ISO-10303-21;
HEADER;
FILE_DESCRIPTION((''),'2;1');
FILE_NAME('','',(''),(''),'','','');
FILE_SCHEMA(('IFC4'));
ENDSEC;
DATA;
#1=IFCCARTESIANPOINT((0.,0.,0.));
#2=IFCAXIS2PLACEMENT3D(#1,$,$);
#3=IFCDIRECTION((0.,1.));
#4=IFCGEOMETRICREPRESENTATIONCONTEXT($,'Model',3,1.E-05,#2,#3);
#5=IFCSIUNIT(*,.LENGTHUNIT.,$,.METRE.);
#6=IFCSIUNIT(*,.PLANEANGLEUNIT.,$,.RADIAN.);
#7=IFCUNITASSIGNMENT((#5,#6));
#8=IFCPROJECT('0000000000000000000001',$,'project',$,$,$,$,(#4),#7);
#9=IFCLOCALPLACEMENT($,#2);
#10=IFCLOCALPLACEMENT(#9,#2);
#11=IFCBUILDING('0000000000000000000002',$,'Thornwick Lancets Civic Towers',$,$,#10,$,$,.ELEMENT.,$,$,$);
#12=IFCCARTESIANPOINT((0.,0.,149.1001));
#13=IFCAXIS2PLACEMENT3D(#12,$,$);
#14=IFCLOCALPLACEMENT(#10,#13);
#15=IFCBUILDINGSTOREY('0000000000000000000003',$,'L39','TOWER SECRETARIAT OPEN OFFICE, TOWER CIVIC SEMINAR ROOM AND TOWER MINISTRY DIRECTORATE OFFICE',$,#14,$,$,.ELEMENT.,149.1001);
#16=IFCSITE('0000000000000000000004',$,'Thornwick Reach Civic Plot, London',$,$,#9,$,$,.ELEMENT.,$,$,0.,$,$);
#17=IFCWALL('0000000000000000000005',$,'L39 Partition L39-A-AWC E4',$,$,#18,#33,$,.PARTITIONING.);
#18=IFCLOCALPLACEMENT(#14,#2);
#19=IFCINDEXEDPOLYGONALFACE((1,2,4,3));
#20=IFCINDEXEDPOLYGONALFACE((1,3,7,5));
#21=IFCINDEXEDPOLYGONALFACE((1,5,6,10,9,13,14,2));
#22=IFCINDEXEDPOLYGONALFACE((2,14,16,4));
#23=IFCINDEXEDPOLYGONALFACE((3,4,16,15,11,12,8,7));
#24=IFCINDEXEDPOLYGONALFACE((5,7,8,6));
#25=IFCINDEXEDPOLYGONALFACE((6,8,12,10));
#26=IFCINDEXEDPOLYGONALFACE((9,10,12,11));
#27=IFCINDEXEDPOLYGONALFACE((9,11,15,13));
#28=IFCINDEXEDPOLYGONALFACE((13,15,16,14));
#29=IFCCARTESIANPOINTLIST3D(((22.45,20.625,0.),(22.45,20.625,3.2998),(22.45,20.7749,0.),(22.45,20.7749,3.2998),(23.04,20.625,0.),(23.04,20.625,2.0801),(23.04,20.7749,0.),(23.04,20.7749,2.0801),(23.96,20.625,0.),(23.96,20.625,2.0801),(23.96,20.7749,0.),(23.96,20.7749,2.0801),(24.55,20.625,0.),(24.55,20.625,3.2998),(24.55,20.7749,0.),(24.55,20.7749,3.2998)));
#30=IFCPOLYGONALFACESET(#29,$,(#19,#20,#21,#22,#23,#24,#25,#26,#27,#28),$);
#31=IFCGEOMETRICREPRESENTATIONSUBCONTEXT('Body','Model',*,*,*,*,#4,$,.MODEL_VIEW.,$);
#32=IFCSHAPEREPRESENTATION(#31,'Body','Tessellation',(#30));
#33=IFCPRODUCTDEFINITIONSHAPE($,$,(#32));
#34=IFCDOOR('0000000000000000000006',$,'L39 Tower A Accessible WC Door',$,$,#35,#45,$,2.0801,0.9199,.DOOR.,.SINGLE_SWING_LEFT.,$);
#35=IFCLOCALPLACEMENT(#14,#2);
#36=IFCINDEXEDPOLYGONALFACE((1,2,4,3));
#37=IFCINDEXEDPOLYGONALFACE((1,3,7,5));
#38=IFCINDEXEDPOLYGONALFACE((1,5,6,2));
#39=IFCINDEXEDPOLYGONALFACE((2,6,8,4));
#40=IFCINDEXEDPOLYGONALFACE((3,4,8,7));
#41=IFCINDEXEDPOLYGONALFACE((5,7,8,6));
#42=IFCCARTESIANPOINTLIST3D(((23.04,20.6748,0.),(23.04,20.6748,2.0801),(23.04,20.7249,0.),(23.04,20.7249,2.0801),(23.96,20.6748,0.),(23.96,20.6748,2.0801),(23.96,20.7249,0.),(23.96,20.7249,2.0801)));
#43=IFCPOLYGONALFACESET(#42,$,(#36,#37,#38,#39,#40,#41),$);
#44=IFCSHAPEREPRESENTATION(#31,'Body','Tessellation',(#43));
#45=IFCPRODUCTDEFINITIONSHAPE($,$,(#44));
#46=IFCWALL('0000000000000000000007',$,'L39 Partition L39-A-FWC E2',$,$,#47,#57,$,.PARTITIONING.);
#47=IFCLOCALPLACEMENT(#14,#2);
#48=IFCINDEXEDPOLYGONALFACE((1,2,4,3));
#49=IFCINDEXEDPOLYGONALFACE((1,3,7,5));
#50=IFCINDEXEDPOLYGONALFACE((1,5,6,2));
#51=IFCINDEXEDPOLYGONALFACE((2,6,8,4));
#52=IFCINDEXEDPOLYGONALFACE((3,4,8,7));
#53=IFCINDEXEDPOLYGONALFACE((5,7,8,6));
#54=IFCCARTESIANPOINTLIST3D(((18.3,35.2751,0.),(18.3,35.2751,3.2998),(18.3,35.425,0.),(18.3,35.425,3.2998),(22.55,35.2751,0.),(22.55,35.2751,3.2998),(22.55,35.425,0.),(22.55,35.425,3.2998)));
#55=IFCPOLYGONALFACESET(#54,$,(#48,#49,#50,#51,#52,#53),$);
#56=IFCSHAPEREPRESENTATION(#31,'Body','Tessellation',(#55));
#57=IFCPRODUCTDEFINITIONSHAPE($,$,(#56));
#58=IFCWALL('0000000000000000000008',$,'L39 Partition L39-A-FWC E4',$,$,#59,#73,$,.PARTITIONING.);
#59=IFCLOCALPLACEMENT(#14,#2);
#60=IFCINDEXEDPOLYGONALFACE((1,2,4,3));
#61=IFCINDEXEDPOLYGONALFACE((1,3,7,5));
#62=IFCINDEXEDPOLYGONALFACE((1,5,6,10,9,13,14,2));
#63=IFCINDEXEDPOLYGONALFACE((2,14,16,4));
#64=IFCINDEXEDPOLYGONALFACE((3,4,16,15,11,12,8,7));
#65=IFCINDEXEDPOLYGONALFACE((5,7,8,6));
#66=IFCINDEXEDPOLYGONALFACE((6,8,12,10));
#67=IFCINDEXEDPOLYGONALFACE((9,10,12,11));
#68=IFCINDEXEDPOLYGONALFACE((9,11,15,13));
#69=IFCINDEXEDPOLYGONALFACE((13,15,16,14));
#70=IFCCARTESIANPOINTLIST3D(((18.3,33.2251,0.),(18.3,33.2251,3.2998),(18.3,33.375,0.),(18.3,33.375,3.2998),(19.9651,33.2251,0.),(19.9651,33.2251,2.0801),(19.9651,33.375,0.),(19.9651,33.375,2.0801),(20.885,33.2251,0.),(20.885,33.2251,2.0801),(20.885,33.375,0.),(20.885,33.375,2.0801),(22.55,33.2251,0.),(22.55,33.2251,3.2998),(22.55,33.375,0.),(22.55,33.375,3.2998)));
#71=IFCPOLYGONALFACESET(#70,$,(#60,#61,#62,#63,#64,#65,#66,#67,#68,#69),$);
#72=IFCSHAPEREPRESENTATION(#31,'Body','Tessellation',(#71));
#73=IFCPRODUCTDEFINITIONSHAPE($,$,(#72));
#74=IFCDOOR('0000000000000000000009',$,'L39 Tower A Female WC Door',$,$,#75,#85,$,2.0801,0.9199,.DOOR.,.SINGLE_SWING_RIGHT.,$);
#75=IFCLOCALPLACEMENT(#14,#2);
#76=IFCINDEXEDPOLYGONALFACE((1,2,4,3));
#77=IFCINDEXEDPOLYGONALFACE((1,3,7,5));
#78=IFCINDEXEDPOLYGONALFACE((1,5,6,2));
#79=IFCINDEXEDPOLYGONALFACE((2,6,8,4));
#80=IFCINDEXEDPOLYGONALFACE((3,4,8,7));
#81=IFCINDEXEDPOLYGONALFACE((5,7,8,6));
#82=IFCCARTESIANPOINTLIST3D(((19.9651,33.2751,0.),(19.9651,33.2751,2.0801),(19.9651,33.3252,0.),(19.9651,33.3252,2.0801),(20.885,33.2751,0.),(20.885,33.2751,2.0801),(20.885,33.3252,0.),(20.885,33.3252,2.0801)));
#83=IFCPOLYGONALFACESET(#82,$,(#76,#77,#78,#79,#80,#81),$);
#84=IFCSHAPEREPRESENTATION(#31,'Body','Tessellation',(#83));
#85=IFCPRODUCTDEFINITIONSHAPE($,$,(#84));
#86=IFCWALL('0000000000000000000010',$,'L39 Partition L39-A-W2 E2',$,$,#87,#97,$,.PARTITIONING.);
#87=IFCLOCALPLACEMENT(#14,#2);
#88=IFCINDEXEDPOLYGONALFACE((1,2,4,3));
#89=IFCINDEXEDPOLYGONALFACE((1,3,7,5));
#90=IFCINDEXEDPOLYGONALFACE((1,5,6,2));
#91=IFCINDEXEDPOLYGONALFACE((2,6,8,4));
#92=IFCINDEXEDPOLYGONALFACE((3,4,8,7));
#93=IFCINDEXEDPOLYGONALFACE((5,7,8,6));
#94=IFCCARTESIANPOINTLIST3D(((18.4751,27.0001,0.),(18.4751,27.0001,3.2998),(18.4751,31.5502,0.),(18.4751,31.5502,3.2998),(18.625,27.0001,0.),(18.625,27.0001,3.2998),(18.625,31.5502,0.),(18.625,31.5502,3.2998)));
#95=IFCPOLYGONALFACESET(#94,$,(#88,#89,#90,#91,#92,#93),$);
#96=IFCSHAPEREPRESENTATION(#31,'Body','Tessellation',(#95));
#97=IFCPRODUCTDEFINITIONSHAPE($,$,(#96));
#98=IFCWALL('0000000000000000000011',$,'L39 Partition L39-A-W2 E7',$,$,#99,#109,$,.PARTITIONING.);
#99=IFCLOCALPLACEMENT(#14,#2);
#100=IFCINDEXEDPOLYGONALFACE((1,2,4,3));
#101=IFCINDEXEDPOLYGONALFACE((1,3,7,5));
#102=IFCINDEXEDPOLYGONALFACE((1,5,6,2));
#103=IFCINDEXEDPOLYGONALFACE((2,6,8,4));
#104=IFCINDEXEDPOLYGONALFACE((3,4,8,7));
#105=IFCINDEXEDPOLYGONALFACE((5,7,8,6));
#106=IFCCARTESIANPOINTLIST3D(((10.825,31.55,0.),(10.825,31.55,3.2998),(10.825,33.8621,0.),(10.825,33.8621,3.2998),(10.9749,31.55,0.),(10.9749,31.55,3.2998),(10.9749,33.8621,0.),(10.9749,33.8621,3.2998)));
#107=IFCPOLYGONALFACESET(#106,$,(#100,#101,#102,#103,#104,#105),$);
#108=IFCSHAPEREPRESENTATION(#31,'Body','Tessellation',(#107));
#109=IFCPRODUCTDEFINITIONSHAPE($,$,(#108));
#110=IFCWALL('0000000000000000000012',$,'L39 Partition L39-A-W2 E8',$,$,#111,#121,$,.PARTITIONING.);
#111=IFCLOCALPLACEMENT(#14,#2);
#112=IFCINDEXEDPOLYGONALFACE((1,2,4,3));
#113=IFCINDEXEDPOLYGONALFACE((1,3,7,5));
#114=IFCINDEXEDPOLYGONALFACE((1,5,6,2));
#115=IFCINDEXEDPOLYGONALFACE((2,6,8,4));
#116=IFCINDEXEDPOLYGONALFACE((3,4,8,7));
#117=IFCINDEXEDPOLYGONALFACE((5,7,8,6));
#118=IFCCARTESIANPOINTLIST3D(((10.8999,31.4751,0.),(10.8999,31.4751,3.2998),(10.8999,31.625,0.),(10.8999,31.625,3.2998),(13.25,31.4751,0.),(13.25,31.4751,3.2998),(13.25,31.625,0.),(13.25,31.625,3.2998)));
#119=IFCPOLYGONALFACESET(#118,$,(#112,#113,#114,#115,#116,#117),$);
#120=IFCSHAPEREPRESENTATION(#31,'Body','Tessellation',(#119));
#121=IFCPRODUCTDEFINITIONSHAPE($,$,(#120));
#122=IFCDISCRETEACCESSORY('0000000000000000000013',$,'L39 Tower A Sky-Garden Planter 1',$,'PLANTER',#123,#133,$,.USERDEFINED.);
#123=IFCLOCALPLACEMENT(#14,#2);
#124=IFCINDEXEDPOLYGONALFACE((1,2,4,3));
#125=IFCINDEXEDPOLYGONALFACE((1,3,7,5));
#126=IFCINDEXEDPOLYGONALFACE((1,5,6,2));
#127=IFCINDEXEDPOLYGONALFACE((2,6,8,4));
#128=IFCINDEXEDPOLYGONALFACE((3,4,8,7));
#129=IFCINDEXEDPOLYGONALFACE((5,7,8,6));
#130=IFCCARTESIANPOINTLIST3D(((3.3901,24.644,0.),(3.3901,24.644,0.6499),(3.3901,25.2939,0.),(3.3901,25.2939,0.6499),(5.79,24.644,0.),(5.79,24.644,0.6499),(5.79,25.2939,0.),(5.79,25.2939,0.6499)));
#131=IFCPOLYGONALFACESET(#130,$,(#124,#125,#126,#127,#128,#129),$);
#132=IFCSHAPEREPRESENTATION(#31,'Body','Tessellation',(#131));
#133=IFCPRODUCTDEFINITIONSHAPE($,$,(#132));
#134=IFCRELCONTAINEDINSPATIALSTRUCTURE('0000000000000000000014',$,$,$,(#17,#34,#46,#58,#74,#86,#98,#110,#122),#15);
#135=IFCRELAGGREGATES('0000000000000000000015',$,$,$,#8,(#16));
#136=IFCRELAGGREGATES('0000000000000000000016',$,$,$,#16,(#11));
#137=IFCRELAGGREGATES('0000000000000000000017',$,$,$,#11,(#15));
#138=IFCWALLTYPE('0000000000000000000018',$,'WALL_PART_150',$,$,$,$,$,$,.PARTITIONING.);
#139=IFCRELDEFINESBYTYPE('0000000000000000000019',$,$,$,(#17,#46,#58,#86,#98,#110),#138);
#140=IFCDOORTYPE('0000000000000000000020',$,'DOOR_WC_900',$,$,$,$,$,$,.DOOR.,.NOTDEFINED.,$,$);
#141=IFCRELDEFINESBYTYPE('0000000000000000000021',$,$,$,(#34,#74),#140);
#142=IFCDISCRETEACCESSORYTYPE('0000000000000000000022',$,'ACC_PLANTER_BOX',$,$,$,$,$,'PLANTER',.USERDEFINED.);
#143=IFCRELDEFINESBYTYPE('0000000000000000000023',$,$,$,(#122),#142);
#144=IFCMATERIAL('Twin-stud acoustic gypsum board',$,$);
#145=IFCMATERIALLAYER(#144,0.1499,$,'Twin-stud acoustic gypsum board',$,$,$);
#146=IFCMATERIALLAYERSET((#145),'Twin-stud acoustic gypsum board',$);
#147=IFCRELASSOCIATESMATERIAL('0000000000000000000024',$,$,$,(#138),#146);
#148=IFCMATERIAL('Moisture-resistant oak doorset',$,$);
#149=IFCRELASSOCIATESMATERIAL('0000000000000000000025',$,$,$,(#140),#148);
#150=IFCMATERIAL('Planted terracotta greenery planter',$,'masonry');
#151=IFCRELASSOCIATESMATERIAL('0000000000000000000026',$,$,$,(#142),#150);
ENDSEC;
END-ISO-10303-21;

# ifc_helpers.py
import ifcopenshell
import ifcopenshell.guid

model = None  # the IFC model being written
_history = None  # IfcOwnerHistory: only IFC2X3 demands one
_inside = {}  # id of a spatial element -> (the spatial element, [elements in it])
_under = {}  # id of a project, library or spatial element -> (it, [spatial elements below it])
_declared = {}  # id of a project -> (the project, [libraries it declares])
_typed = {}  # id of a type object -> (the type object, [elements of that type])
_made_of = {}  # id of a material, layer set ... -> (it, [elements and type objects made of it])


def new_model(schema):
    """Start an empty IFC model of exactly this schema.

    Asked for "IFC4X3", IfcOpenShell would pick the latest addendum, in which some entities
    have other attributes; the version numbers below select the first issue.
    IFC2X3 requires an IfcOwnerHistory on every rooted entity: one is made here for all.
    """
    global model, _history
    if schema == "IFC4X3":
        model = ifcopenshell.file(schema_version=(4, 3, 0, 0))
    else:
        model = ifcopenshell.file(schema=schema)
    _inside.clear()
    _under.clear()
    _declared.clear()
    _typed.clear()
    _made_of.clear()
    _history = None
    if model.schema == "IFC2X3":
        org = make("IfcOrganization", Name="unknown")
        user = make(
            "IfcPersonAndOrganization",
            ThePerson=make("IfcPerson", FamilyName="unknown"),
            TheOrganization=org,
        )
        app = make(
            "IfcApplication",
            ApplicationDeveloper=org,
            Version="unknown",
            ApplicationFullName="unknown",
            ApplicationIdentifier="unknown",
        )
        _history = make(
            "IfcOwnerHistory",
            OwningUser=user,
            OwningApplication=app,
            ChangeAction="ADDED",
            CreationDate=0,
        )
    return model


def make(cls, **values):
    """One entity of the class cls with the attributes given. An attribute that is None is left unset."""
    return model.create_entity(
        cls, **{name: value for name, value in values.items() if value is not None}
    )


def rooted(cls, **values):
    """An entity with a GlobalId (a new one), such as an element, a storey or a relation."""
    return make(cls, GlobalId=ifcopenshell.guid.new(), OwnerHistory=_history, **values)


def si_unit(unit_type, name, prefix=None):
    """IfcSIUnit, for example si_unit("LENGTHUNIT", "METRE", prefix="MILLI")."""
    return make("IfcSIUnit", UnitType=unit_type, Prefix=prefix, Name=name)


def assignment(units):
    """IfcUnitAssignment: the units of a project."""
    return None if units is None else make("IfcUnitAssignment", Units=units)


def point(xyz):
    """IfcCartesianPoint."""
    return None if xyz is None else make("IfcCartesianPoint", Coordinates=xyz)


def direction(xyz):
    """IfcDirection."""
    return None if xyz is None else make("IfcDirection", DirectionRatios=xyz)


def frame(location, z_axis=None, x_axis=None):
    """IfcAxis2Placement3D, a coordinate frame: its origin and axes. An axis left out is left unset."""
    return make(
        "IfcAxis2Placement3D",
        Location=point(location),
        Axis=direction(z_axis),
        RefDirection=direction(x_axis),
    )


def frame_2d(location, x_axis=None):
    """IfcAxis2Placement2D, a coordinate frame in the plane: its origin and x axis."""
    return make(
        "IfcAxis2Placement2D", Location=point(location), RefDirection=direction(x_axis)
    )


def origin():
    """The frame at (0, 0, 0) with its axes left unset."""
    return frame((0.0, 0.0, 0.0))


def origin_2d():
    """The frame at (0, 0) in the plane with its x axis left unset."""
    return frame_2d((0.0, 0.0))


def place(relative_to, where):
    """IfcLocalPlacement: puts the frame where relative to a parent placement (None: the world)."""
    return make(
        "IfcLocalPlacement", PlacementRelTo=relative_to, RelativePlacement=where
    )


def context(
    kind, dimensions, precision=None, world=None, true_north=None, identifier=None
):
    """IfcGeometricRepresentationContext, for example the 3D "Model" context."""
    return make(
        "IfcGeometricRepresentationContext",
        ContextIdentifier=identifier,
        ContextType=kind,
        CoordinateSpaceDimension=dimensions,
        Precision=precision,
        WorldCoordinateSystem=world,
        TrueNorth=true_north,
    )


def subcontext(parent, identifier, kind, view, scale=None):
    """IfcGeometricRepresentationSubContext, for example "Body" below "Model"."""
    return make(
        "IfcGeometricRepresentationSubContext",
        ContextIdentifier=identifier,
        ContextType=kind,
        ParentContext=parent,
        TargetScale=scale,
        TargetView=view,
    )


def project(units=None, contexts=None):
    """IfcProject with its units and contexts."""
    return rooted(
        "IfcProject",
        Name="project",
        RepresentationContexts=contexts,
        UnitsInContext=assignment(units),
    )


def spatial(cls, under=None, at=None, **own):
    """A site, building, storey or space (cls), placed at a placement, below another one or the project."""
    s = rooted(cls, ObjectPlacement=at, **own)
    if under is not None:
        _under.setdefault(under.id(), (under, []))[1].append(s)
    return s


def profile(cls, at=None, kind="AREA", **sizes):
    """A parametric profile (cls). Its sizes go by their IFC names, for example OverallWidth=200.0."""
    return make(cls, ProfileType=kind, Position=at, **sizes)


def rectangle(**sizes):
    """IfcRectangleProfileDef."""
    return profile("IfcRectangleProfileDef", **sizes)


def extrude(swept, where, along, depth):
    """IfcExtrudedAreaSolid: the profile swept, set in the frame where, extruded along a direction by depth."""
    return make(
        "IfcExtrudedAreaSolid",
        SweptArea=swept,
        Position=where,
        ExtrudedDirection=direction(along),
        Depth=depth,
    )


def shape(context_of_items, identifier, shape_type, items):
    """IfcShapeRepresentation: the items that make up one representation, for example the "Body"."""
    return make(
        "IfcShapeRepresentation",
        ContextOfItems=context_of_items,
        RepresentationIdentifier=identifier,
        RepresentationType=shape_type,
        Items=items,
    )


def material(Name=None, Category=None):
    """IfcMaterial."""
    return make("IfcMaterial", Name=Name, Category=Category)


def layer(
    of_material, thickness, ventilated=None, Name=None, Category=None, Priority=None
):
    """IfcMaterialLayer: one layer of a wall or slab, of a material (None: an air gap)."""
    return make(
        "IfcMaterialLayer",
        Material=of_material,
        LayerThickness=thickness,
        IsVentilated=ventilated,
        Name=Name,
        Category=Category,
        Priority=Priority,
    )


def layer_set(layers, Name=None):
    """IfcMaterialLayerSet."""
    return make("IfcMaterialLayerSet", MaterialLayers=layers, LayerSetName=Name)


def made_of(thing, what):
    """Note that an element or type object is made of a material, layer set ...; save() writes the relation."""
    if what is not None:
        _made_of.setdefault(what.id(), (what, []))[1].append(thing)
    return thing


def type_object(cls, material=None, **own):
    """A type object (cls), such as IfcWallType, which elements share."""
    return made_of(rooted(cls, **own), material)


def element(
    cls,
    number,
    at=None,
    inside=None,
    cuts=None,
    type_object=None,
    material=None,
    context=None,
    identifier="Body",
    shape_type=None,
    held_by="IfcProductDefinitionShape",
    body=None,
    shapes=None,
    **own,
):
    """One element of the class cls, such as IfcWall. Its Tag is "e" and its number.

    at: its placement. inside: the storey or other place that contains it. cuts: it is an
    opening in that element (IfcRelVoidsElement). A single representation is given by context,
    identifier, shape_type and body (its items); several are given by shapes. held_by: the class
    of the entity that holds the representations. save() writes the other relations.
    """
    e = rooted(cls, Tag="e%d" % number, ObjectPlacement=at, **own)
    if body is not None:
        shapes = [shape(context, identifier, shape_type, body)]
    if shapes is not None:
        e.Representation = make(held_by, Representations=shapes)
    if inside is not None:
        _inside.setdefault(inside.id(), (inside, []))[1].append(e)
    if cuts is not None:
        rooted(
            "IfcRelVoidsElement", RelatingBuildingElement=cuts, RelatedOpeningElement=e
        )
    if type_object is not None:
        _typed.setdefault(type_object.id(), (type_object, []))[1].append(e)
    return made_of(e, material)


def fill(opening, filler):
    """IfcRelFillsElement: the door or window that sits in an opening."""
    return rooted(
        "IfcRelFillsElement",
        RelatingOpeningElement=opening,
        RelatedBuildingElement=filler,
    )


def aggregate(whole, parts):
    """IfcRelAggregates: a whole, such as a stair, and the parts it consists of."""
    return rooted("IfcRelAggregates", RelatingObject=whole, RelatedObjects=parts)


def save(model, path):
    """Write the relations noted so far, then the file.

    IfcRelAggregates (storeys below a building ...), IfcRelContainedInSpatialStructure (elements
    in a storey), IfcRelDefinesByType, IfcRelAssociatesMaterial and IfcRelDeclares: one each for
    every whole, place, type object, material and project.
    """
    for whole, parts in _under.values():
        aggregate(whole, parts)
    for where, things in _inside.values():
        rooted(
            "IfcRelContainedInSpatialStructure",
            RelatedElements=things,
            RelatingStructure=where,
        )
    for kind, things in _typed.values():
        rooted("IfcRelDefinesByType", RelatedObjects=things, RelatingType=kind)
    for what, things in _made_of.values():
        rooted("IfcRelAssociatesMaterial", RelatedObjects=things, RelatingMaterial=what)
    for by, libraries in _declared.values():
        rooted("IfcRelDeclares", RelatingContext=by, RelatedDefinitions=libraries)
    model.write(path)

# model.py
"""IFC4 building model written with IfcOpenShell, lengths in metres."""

from ifc_helpers import new_model, si_unit, direction, frame, frame_2d, origin, origin_2d, place, context, subcontext, project, spatial, rectangle, extrude, material, layer, layer_set, type_object, element, fill, save


model = new_model("IFC4")

# Units and contexts
model_context = context("Model", 3, precision=1e-05, world=origin(), true_north=direction((0.0, 1.0)))
body_context = subcontext(model_context, "Body", "Model", "MODEL_VIEW")
ifc_project = project(units=[si_unit("LENGTHUNIT", "METRE"), si_unit("PLANEANGLEUNIT", "RADIAN")], contexts=[model_context])

# Site, building, storey
site_placement = place(None, origin())
site = spatial("IfcSite", under=ifc_project, at=site_placement, Name="Thornwick Reach Civic Plot, London", CompositionType="ELEMENT", RefElevation=0.0)
building_placement = place(site_placement, origin())
building = spatial("IfcBuilding", under=site, at=building_placement, Name="Thornwick Lancets Civic Towers", CompositionType="ELEMENT")
storey_placement = place(building_placement, frame((0.0, 0.0, 149.1001)))
storey = spatial("IfcBuildingStorey", under=building, at=storey_placement, Name="L39", Description="TOWER SECRETARIAT OPEN OFFICE, TOWER CIVIC SEMINAR ROOM AND TOWER MINISTRY DIRECTORATE OFFICE", CompositionType="ELEMENT", Elevation=149.1001)

# Wall, opening, door
ifc_material_1 = material(Name="Twin-stud acoustic gypsum board")
ifc_layer_1 = layer(ifc_material_1, 0.1499, Name="Twin-stud acoustic gypsum board")
ifc_layer_set_1 = layer_set([ifc_layer_1], Name="Twin-stud acoustic gypsum board")
wall_type_1 = type_object("IfcWallType", Name="WALL_PART_150", PredefinedType="PARTITIONING", material=ifc_layer_set_1)
wall_1_placement = place(storey_placement, frame((22.45, 20.7, 0.0), z_axis=(0.0, 0.0, 1.0), x_axis=(1.0, 0.0, 0.0)))
wall_1 = element("IfcWall", 1, at=wall_1_placement, inside=storey, type_object=wall_type_1, Name="L39 Partition L39-A-AWC E4", PredefinedType="PARTITIONING", context=body_context, shape_type="SweptSolid", body=[
    extrude(rectangle(XDim=2.1001, YDim=0.1499, at=frame_2d((1.05, 0.0))), origin(), (0.0, 0.0, 1.0), 3.2998),
])
opening_1_placement = place(wall_1_placement, frame((0.5901, 0.0, 0.0)))
opening_1 = element("IfcOpeningElement", 2, at=opening_1_placement, cuts=wall_1, PredefinedType="OPENING", context=body_context, shape_type="SweptSolid", body=[
    extrude(rectangle(XDim=0.9199, YDim=2.0801, at=frame_2d((0.46, 1.04))), frame((0.0, 0.085, 0.0), z_axis=(0.0, -1.0, 0.0), x_axis=(1.0, 0.0, 0.0)), (0.0, 0.0, 1.0), 0.1699),
])
ifc_material_2 = material(Name="Moisture-resistant oak doorset")
door_type_1 = type_object("IfcDoorType", Name="DOOR_WC_900", OperationType="NOTDEFINED", PredefinedType="DOOR", material=ifc_material_2)
door_1_placement = place(opening_1_placement, origin())
door_1 = element("IfcDoor", 3, at=door_1_placement, inside=storey, type_object=door_type_1, Name="L39 Tower A Accessible WC Door", OperationType="SINGLE_SWING_LEFT", OverallHeight=2.0801, OverallWidth=0.9199, PredefinedType="DOOR", context=body_context, shape_type="SweptSolid", body=[
    extrude(rectangle(XDim=0.9199, YDim=2.0801, at=frame_2d((0.46, 1.04))), frame((0.0, 0.0249, 0.0), z_axis=(0.0, -1.0, 0.0), x_axis=(1.0, 0.0, 0.0)), (0.0, 0.0, 1.0), 0.05),
])
fill(opening_1, door_1)

# Wall
wall_2_placement = place(storey_placement, frame((18.3, 35.3501, 0.0), z_axis=(0.0, 0.0, 1.0), x_axis=(1.0, 0.0, 0.0)))
element("IfcWall", 4, at=wall_2_placement, inside=storey, type_object=wall_type_1, Name="L39 Partition L39-A-FWC E2", PredefinedType="PARTITIONING", context=body_context, shape_type="SweptSolid", body=[
    extrude(rectangle(XDim=4.25, YDim=0.1499, at=frame_2d((2.125, 0.0))), origin(), (0.0, 0.0, 1.0), 3.2998),
])

# Wall, opening, door
wall_3_placement = place(storey_placement, frame((22.55, 33.3, 0.0), z_axis=(0.0, 0.0, 1.0), x_axis=(-1.0, 0.0, 0.0)))
wall_3 = element("IfcWall", 5, at=wall_3_placement, inside=storey, type_object=wall_type_1, Name="L39 Partition L39-A-FWC E4", PredefinedType="PARTITIONING", context=body_context, shape_type="SweptSolid", body=[
    extrude(rectangle(XDim=4.25, YDim=0.1499, at=frame_2d((2.125, 0.0))), origin(), (0.0, 0.0, 1.0), 3.2998),
])
opening_2_placement = place(wall_3_placement, frame((1.665, 0.0, 0.0)))
opening_2 = element("IfcOpeningElement", 6, at=opening_2_placement, cuts=wall_3, PredefinedType="OPENING", context=body_context, shape_type="SweptSolid", body=[
    extrude(rectangle(XDim=0.9199, YDim=2.0801, at=frame_2d((0.46, 1.04))), frame((0.0, 0.085, 0.0), z_axis=(0.0, -1.0, 0.0), x_axis=(1.0, 0.0, 0.0)), (0.0, 0.0, 1.0), 0.1699),
])
door_2_placement = place(opening_2_placement, origin())
door_2 = element("IfcDoor", 7, at=door_2_placement, inside=storey, type_object=door_type_1, Name="L39 Tower A Female WC Door", OperationType="SINGLE_SWING_RIGHT", OverallHeight=2.0801, OverallWidth=0.9199, PredefinedType="DOOR", context=body_context, shape_type="SweptSolid", body=[
    extrude(rectangle(XDim=0.9199, YDim=2.0801, at=frame_2d((0.46, 1.04))), frame((0.0, 0.0249, 0.0), z_axis=(0.0, -1.0, 0.0), x_axis=(1.0, 0.0, 0.0)), (0.0, 0.0, 1.0), 0.05),
])
fill(opening_2, door_2)

# Walls
wall_4_placement = place(storey_placement, frame((18.55, 31.55, 0.0), z_axis=(0.0, 0.0, 1.0), x_axis=(0.0, -1.0, 0.0)))
element("IfcWall", 8, at=wall_4_placement, inside=storey, type_object=wall_type_1, Name="L39 Partition L39-A-W2 E2", PredefinedType="PARTITIONING", context=body_context, shape_type="SweptSolid", body=[
    extrude(rectangle(XDim=4.55, YDim=0.1499, at=frame_2d((2.2749, 0.0))), origin(), (0.0, 0.0, 1.0), 3.2998),
])
wall_5_placement = place(storey_placement, frame((10.8999, 33.8621, 0.0), z_axis=(0.0, 0.0, 1.0), x_axis=(0.0, -1.0, 0.0)))
element("IfcWall", 9, at=wall_5_placement, inside=storey, type_object=wall_type_1, Name="L39 Partition L39-A-W2 E7", PredefinedType="PARTITIONING", context=body_context, shape_type="SweptSolid", body=[
    extrude(rectangle(XDim=2.312, YDim=0.1499, at=frame_2d((1.156, 0.0))), origin(), (0.0, 0.0, 1.0), 3.2998),
])
wall_6_placement = place(storey_placement, frame((10.8999, 31.55, 0.0), z_axis=(0.0, 0.0, 1.0), x_axis=(1.0, 0.0, 0.0)))
element("IfcWall", 10, at=wall_6_placement, inside=storey, type_object=wall_type_1, Name="L39 Partition L39-A-W2 E8", PredefinedType="PARTITIONING", context=body_context, shape_type="SweptSolid", body=[
    extrude(rectangle(XDim=2.3501, YDim=0.1499, at=frame_2d((1.175, 0.0))), origin(), (0.0, 0.0, 1.0), 3.2998),
])

# Discrete accessory
ifc_material_3 = material(Name="Planted terracotta greenery planter", Category="masonry")
discrete_accessory_type = type_object("IfcDiscreteAccessoryType", Name="ACC_PLANTER_BOX", ElementType="PLANTER", PredefinedType="USERDEFINED", material=ifc_material_3)
discrete_accessory_placement = place(storey_placement, frame((4.5901, 24.969, 0.0), z_axis=(0.0, 0.0, 1.0), x_axis=(1.0, 0.0, 0.0)))
element("IfcDiscreteAccessory", 11, at=discrete_accessory_placement, inside=storey, type_object=discrete_accessory_type, Name="L39 Tower A Sky-Garden Planter 1", ObjectType="PLANTER", PredefinedType="USERDEFINED", context=body_context, shape_type="SweptSolid", body=[
    extrude(rectangle(XDim=2.3999, YDim=0.6499, at=origin_2d()), origin(), (0.0, 0.0, 1.0), 0.6499),
])

save(model, "model.ifc")
